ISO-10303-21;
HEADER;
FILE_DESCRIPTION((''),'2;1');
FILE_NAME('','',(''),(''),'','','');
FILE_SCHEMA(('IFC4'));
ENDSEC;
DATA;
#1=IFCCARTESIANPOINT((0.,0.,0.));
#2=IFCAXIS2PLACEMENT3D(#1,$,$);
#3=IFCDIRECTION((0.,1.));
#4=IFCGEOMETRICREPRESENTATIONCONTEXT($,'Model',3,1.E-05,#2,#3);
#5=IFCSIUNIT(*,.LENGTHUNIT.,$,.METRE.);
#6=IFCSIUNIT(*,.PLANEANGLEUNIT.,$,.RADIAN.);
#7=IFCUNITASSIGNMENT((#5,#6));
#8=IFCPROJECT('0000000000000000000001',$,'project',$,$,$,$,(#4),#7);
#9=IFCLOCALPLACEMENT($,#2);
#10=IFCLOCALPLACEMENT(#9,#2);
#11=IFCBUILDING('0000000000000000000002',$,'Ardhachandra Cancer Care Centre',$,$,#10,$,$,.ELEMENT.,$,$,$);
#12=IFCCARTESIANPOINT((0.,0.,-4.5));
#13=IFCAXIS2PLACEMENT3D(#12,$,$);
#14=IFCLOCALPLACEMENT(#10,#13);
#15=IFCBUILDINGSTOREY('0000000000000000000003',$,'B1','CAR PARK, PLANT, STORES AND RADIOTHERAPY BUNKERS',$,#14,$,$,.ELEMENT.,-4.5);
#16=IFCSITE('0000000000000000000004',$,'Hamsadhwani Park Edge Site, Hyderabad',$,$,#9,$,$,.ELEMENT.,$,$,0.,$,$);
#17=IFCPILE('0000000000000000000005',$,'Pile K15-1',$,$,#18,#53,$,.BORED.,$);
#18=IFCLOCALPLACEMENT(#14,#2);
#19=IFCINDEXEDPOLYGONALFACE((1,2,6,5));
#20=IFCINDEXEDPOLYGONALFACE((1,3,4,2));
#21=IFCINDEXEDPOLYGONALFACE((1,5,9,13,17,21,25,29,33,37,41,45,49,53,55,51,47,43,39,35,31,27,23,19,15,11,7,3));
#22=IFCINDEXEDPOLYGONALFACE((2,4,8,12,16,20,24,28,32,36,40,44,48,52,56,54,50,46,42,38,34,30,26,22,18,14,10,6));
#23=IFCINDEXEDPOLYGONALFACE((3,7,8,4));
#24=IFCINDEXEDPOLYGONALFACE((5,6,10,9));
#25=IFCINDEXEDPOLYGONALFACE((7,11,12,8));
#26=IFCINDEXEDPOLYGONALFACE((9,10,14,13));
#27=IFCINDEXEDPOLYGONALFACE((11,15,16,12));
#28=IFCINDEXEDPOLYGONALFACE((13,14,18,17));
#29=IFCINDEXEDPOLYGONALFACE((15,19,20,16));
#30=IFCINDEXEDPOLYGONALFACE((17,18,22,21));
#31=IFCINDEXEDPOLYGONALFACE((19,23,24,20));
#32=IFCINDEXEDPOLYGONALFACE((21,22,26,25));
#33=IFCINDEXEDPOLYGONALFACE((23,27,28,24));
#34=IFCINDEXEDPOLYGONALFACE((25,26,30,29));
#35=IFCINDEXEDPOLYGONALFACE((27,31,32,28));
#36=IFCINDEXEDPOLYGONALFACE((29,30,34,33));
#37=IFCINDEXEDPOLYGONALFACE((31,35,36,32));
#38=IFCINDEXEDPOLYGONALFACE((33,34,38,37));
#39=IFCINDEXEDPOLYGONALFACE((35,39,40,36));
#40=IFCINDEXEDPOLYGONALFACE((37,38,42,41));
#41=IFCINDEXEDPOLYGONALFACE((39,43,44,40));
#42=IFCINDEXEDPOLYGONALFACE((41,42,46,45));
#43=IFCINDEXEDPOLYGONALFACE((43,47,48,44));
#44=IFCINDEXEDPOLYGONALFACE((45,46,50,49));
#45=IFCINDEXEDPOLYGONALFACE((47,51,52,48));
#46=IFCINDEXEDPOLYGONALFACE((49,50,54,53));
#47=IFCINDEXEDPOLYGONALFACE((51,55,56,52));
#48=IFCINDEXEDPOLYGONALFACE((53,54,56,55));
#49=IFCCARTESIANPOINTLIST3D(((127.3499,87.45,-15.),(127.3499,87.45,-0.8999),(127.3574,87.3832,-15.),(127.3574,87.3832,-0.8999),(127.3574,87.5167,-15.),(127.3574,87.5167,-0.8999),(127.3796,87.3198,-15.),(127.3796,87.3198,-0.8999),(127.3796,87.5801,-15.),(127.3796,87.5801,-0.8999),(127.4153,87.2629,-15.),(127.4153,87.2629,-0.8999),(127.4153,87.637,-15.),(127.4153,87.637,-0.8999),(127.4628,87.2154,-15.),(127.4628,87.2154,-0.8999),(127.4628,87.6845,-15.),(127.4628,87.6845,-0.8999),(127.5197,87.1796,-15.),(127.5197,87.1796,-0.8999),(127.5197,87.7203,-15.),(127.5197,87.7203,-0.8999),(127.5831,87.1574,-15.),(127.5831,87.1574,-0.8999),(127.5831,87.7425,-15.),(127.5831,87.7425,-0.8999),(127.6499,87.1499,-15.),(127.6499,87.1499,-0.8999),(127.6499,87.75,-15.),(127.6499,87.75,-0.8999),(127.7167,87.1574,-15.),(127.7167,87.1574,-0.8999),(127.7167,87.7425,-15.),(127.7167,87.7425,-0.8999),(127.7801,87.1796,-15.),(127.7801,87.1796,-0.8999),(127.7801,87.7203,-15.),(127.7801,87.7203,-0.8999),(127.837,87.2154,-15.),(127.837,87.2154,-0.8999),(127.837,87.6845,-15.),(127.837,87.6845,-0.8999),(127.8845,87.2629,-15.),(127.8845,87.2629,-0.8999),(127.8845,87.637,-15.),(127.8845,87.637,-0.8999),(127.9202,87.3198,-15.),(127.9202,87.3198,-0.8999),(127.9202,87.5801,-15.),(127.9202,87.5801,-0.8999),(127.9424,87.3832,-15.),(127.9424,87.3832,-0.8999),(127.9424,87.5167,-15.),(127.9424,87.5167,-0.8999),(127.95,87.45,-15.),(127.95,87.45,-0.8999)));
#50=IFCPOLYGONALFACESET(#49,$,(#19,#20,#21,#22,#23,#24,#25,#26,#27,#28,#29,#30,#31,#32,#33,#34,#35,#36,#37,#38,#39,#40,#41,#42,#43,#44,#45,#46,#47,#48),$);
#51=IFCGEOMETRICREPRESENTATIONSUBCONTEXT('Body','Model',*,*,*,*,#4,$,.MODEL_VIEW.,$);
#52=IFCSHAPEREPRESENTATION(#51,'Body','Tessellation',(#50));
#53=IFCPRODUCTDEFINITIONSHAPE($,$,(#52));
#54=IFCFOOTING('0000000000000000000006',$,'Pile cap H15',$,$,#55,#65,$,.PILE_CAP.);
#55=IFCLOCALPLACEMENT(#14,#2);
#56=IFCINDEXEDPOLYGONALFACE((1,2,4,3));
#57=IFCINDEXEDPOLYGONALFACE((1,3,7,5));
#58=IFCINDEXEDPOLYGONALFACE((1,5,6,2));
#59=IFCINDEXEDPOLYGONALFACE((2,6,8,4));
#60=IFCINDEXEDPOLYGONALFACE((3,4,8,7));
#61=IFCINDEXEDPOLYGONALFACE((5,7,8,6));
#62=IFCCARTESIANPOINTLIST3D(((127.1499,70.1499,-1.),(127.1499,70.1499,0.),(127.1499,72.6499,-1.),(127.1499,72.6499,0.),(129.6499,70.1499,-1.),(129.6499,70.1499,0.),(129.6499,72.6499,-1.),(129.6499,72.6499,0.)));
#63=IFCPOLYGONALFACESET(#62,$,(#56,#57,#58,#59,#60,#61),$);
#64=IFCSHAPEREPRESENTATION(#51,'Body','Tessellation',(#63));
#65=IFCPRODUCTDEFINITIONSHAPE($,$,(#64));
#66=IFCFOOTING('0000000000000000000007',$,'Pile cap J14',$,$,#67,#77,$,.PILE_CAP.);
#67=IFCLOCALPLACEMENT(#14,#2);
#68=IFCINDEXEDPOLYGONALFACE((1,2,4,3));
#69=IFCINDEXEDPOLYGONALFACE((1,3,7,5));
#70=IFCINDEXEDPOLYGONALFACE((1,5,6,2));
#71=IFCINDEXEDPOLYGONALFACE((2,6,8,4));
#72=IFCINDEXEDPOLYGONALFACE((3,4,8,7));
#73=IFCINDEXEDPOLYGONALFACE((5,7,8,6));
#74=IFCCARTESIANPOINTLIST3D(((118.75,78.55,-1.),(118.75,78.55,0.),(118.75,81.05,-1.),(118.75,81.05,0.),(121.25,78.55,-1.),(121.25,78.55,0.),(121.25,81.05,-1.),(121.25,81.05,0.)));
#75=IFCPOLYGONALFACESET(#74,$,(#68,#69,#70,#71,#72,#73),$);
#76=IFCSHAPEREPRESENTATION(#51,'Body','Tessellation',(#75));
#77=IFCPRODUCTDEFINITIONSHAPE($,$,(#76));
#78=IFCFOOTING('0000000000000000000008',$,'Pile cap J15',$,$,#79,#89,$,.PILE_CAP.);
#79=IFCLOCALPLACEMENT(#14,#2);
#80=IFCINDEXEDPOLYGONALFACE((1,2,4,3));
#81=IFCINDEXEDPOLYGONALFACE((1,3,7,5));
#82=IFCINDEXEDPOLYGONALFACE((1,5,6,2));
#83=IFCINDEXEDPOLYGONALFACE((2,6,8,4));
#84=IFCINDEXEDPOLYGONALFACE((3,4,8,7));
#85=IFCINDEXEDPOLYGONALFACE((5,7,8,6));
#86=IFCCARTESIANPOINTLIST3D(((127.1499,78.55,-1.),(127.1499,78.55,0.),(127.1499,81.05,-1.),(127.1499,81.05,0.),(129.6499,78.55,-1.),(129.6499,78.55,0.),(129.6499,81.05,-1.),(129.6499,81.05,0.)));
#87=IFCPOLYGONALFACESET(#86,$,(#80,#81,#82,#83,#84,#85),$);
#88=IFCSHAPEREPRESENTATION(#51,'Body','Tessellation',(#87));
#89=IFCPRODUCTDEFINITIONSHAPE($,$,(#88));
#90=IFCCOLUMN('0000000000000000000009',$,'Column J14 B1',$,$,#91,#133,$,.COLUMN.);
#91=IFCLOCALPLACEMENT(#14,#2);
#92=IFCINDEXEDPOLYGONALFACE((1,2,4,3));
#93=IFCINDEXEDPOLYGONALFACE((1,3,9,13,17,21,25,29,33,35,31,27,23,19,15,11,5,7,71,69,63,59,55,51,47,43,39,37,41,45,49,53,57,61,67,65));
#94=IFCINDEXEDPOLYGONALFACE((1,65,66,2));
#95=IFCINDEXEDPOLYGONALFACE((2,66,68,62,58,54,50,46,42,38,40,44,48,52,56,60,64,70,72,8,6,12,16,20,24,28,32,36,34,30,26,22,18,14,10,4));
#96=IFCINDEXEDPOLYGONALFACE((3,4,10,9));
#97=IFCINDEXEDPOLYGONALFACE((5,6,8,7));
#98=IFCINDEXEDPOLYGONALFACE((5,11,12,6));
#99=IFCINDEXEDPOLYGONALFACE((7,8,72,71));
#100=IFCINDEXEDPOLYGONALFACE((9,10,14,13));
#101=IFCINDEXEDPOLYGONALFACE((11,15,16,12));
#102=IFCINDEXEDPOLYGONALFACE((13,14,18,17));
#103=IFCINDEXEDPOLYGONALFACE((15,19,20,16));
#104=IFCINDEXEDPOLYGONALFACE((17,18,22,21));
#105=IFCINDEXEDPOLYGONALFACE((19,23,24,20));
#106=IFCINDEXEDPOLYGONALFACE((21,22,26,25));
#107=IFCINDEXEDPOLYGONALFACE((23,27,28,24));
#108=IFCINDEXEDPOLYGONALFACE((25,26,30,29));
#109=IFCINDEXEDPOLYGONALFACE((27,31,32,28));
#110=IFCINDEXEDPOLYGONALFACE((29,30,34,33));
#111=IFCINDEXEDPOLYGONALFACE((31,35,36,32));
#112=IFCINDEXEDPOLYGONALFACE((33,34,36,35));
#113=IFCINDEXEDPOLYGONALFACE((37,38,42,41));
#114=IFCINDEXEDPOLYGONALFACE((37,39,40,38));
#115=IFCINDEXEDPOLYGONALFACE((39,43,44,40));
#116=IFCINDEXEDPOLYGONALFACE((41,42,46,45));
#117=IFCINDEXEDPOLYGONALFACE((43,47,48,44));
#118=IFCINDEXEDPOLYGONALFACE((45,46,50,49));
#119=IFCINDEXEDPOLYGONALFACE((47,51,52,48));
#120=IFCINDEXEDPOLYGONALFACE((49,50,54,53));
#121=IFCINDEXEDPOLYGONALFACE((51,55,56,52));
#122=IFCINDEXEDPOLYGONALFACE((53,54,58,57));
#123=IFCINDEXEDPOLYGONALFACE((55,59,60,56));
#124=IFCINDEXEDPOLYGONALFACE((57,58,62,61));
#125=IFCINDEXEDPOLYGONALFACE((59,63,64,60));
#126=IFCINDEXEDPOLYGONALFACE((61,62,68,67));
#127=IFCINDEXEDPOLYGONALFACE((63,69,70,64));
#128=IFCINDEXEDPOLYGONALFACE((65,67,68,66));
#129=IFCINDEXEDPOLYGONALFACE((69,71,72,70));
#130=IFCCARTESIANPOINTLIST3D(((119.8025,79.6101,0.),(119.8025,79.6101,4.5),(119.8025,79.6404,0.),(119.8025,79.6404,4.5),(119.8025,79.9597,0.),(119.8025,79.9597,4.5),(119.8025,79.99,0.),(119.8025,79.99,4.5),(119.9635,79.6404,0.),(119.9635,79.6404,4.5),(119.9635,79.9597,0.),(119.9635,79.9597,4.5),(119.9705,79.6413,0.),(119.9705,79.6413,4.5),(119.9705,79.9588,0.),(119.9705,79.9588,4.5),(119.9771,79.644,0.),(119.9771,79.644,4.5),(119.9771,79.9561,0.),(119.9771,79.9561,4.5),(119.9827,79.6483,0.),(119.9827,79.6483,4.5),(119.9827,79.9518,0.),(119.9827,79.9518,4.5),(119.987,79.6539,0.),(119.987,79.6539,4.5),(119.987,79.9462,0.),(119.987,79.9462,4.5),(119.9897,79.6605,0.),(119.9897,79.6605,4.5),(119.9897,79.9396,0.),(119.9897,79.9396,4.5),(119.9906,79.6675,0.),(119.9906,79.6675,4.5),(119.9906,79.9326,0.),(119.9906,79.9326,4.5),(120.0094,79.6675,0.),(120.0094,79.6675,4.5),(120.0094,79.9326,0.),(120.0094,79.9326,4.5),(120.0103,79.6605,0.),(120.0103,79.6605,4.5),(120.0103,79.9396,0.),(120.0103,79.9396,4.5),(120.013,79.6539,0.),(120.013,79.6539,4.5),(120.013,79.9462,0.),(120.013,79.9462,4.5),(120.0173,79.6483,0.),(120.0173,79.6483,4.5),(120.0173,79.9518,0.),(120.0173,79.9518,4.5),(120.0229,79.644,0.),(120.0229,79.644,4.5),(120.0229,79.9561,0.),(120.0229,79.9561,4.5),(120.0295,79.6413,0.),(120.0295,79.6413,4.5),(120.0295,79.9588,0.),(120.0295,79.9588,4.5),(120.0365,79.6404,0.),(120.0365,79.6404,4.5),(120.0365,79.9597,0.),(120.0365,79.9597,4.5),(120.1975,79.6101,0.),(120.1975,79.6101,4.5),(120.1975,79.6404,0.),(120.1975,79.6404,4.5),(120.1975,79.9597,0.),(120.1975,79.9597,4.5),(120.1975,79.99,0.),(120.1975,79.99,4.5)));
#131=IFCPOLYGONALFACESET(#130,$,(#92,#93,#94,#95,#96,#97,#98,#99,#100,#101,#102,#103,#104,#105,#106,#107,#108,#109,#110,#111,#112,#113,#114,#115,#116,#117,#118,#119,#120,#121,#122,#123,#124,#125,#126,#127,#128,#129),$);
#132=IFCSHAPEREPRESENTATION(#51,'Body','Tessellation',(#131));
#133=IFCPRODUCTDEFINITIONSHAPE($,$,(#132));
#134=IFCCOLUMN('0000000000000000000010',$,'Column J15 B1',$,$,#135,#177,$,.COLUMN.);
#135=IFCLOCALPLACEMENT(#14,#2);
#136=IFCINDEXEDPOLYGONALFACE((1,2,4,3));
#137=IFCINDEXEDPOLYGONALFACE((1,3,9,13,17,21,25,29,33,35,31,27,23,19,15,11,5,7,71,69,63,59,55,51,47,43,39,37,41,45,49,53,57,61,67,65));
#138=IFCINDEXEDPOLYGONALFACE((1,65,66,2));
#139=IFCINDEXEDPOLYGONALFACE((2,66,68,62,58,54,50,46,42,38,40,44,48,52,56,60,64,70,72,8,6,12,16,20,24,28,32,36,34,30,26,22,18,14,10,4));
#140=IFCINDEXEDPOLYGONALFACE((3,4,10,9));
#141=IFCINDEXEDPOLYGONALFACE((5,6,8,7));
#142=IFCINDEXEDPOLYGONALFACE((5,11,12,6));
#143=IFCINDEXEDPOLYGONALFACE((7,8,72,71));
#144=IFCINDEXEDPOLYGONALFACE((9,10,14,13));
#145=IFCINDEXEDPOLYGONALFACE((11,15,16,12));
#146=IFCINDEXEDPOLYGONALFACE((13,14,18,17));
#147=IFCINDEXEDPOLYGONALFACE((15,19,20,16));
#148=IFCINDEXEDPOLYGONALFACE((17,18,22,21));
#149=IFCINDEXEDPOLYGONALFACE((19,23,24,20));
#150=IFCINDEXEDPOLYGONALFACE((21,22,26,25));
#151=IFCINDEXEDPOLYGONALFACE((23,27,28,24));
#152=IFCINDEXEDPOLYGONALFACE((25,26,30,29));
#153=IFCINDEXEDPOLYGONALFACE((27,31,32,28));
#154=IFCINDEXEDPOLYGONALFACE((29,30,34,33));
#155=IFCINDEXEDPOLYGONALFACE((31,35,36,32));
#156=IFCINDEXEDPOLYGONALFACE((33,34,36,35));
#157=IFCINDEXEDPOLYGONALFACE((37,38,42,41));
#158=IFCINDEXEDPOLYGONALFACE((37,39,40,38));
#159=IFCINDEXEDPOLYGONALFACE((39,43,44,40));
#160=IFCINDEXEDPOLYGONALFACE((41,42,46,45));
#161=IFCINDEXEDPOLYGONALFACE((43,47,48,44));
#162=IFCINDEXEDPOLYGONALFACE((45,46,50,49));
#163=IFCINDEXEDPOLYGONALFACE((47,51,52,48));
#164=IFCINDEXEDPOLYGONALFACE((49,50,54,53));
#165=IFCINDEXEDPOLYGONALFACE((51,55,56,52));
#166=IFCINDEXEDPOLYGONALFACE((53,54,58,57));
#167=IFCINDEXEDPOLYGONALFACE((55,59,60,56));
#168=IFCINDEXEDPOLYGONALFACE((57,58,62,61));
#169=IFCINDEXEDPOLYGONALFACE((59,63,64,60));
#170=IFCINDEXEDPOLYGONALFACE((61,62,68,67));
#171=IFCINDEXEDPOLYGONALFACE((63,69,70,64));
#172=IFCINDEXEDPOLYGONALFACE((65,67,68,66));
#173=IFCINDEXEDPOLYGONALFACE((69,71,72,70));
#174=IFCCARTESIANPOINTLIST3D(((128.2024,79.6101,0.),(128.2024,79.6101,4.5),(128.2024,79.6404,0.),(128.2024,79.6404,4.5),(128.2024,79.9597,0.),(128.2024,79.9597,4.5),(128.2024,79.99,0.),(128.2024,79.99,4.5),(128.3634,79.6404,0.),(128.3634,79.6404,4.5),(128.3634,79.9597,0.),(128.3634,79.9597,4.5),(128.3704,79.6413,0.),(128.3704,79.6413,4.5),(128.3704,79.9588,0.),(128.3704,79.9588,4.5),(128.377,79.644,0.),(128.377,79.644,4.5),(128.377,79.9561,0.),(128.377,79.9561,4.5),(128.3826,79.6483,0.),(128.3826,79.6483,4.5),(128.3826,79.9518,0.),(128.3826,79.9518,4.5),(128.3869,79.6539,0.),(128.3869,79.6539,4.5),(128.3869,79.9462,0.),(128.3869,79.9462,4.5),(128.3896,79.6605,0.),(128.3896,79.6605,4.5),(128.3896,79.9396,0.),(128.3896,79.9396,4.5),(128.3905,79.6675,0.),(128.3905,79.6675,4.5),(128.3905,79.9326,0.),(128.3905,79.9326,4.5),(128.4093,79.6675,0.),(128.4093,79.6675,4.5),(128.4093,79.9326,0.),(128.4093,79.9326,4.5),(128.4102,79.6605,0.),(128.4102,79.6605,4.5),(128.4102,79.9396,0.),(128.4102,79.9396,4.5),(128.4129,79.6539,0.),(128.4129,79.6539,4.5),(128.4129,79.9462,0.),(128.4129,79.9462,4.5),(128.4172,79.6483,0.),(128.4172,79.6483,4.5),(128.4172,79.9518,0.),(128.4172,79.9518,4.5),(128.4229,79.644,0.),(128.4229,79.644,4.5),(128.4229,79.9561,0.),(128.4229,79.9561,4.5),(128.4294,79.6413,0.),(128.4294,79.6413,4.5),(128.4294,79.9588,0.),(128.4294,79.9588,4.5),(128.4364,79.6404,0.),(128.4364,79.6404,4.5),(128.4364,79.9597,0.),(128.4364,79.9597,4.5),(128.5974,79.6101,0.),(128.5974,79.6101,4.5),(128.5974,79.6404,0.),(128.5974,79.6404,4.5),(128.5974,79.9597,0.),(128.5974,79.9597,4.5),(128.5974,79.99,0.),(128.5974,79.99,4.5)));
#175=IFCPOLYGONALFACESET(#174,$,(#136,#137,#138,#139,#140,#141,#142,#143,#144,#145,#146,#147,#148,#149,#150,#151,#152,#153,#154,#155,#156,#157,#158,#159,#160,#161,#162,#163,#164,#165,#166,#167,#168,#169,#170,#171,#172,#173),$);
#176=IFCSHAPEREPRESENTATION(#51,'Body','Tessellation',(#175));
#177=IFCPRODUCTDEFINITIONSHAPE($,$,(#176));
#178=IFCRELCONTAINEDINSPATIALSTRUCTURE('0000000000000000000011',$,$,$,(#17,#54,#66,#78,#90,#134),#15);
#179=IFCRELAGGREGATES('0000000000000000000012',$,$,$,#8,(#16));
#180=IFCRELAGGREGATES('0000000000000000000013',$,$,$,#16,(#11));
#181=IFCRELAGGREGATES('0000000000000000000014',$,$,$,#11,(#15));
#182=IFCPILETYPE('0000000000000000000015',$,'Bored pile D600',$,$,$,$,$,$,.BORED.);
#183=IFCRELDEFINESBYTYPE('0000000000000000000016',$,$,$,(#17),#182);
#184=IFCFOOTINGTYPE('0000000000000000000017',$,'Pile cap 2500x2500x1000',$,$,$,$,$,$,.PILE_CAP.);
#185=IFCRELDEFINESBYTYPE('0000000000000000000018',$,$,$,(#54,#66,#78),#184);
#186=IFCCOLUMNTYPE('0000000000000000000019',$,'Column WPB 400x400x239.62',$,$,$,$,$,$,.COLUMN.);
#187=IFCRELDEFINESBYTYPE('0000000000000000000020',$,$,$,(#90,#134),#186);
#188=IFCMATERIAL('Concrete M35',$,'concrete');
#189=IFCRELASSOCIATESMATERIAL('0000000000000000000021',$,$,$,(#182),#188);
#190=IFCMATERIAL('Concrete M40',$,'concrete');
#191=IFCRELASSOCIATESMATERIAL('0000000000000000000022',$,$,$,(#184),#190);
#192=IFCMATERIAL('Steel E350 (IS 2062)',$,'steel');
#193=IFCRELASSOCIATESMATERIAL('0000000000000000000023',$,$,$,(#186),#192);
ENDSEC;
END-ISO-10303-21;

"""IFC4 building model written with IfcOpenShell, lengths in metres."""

from ifc_helpers import new_model, si_unit, direction, frame, origin, origin_2d, place, context, subcontext, project, spatial, rectangle, circle, i_section, extrude, material, material_profile, profile_set, type_object, element, save


model = new_model("IFC4")

# Units and contexts
model_context = context("Model", 3, precision=1e-05, world=origin(), true_north=direction((0.0, 1.0)))
body_context = subcontext(model_context, "Body", "Model", "MODEL_VIEW")
ifc_project = project(units=[si_unit("LENGTHUNIT", "METRE"), si_unit("PLANEANGLEUNIT", "RADIAN")], contexts=[model_context])

# Site, building, storey
site_placement = place(None, origin())
site = spatial("IfcSite", under=ifc_project, at=site_placement, Name="Hamsadhwani Park Edge Site, Hyderabad", CompositionType="ELEMENT", RefElevation=0.0)
building_placement = place(site_placement, origin())
building = spatial("IfcBuilding", under=site, at=building_placement, Name="Ardhachandra Cancer Care Centre", CompositionType="ELEMENT")
storey_placement = place(building_placement, frame((0.0, 0.0, -4.5)))
storey = spatial("IfcBuildingStorey", under=building, at=storey_placement, Name="B1", Description="CAR PARK, PLANT, STORES AND RADIOTHERAPY BUNKERS", CompositionType="ELEMENT", Elevation=-4.5)

# Pile
ifc_material_1 = material(Name="Concrete M35", Category="concrete")
ifc_material_profile_1 = material_profile(ifc_material_1, circle(Radius=0.3, at=origin_2d()), Name="D600")
ifc_profile_set_1 = profile_set([ifc_material_profile_1], Name="Concrete M35")
pile_type = type_object("IfcPileType", Name="Bored pile D600", PredefinedType="BORED", material=ifc_profile_set_1)
for number, where, z_axis, x_axis, name in (
    (1, (127.6499, 87.45, -0.8999), (0.0, 0.0, -1.0), (1.0, 0.0, 0.0), "Pile K15-1"),
):
    element("IfcPile", number, at=place(storey_placement, frame(where, z_axis=z_axis, x_axis=x_axis)), inside=storey, type_object=pile_type, Name=name, PredefinedType="BORED", context=body_context, shape_type="SweptSolid", body=[
        extrude(circle(Radius=0.3, at=origin_2d()), origin(), (0.0, 0.0, 1.0), 14.1001),
    ])

# Footings
ifc_material_2 = material(Name="Concrete M40", Category="concrete")
footing_type = type_object("IfcFootingType", Name="Pile cap 2500x2500x1000", PredefinedType="PILE_CAP", material=ifc_material_2)
for number, where, z_axis, x_axis, name in (
    (2, (128.3999, 71.3999, -1.0), (0.0, 0.0, 1.0), (1.0, 0.0, 0.0), "Pile cap H15"),
    (3, (120.0, 79.8, -1.0), (0.0, 0.0, 1.0), (1.0, 0.0, 0.0), "Pile cap J14"),
    (4, (128.3999, 79.8, -1.0), (0.0, 0.0, 1.0), (1.0, 0.0, 0.0), "Pile cap J15"),
):
    element("IfcFooting", number, at=place(storey_placement, frame(where, z_axis=z_axis, x_axis=x_axis)), inside=storey, type_object=footing_type, Name=name, PredefinedType="PILE_CAP", context=body_context, shape_type="SweptSolid", body=[
        extrude(rectangle(XDim=2.5, YDim=2.5, at=origin_2d()), origin(), (0.0, 0.0, 1.0), 1.0),
    ])

# Columns
ifc_material_3 = material(Name="Steel E350 (IS 2062)", Category="steel")
ifc_material_profile_2 = material_profile(ifc_material_3, i_section(OverallWidth=0.395, OverallDepth=0.3799, WebThickness=0.0188, FlangeThickness=0.0303, FilletRadius=0.0271, at=origin_2d()), Name="WPB 400x400x239.62")
ifc_profile_set_2 = profile_set([ifc_material_profile_2], Name="Steel E350 (IS 2062)")
column_type = type_object("IfcColumnType", Name="Column WPB 400x400x239.62", PredefinedType="COLUMN", material=ifc_profile_set_2)
for number, where, z_axis, x_axis, name in (
    (5, (120.0, 79.8, 0.0), (0.0, 0.0, 1.0), (1.0, 0.0, 0.0), "Column J14 B1"),
    (6, (128.3999, 79.8, 0.0), (0.0, 0.0, 1.0), (1.0, 0.0, 0.0), "Column J15 B1"),
):
    element("IfcColumn", number, at=place(storey_placement, frame(where, z_axis=z_axis, x_axis=x_axis)), inside=storey, type_object=column_type, Name=name, PredefinedType="COLUMN", context=body_context, shape_type="SweptSolid", body=[
        extrude(i_section(OverallWidth=0.395, OverallDepth=0.3799, WebThickness=0.0188, FlangeThickness=0.0303, FilletRadius=0.0271, at=origin_2d()), origin(), (0.0, 0.0, 1.0), 4.5),
    ])

save(model, "model.ifc")
